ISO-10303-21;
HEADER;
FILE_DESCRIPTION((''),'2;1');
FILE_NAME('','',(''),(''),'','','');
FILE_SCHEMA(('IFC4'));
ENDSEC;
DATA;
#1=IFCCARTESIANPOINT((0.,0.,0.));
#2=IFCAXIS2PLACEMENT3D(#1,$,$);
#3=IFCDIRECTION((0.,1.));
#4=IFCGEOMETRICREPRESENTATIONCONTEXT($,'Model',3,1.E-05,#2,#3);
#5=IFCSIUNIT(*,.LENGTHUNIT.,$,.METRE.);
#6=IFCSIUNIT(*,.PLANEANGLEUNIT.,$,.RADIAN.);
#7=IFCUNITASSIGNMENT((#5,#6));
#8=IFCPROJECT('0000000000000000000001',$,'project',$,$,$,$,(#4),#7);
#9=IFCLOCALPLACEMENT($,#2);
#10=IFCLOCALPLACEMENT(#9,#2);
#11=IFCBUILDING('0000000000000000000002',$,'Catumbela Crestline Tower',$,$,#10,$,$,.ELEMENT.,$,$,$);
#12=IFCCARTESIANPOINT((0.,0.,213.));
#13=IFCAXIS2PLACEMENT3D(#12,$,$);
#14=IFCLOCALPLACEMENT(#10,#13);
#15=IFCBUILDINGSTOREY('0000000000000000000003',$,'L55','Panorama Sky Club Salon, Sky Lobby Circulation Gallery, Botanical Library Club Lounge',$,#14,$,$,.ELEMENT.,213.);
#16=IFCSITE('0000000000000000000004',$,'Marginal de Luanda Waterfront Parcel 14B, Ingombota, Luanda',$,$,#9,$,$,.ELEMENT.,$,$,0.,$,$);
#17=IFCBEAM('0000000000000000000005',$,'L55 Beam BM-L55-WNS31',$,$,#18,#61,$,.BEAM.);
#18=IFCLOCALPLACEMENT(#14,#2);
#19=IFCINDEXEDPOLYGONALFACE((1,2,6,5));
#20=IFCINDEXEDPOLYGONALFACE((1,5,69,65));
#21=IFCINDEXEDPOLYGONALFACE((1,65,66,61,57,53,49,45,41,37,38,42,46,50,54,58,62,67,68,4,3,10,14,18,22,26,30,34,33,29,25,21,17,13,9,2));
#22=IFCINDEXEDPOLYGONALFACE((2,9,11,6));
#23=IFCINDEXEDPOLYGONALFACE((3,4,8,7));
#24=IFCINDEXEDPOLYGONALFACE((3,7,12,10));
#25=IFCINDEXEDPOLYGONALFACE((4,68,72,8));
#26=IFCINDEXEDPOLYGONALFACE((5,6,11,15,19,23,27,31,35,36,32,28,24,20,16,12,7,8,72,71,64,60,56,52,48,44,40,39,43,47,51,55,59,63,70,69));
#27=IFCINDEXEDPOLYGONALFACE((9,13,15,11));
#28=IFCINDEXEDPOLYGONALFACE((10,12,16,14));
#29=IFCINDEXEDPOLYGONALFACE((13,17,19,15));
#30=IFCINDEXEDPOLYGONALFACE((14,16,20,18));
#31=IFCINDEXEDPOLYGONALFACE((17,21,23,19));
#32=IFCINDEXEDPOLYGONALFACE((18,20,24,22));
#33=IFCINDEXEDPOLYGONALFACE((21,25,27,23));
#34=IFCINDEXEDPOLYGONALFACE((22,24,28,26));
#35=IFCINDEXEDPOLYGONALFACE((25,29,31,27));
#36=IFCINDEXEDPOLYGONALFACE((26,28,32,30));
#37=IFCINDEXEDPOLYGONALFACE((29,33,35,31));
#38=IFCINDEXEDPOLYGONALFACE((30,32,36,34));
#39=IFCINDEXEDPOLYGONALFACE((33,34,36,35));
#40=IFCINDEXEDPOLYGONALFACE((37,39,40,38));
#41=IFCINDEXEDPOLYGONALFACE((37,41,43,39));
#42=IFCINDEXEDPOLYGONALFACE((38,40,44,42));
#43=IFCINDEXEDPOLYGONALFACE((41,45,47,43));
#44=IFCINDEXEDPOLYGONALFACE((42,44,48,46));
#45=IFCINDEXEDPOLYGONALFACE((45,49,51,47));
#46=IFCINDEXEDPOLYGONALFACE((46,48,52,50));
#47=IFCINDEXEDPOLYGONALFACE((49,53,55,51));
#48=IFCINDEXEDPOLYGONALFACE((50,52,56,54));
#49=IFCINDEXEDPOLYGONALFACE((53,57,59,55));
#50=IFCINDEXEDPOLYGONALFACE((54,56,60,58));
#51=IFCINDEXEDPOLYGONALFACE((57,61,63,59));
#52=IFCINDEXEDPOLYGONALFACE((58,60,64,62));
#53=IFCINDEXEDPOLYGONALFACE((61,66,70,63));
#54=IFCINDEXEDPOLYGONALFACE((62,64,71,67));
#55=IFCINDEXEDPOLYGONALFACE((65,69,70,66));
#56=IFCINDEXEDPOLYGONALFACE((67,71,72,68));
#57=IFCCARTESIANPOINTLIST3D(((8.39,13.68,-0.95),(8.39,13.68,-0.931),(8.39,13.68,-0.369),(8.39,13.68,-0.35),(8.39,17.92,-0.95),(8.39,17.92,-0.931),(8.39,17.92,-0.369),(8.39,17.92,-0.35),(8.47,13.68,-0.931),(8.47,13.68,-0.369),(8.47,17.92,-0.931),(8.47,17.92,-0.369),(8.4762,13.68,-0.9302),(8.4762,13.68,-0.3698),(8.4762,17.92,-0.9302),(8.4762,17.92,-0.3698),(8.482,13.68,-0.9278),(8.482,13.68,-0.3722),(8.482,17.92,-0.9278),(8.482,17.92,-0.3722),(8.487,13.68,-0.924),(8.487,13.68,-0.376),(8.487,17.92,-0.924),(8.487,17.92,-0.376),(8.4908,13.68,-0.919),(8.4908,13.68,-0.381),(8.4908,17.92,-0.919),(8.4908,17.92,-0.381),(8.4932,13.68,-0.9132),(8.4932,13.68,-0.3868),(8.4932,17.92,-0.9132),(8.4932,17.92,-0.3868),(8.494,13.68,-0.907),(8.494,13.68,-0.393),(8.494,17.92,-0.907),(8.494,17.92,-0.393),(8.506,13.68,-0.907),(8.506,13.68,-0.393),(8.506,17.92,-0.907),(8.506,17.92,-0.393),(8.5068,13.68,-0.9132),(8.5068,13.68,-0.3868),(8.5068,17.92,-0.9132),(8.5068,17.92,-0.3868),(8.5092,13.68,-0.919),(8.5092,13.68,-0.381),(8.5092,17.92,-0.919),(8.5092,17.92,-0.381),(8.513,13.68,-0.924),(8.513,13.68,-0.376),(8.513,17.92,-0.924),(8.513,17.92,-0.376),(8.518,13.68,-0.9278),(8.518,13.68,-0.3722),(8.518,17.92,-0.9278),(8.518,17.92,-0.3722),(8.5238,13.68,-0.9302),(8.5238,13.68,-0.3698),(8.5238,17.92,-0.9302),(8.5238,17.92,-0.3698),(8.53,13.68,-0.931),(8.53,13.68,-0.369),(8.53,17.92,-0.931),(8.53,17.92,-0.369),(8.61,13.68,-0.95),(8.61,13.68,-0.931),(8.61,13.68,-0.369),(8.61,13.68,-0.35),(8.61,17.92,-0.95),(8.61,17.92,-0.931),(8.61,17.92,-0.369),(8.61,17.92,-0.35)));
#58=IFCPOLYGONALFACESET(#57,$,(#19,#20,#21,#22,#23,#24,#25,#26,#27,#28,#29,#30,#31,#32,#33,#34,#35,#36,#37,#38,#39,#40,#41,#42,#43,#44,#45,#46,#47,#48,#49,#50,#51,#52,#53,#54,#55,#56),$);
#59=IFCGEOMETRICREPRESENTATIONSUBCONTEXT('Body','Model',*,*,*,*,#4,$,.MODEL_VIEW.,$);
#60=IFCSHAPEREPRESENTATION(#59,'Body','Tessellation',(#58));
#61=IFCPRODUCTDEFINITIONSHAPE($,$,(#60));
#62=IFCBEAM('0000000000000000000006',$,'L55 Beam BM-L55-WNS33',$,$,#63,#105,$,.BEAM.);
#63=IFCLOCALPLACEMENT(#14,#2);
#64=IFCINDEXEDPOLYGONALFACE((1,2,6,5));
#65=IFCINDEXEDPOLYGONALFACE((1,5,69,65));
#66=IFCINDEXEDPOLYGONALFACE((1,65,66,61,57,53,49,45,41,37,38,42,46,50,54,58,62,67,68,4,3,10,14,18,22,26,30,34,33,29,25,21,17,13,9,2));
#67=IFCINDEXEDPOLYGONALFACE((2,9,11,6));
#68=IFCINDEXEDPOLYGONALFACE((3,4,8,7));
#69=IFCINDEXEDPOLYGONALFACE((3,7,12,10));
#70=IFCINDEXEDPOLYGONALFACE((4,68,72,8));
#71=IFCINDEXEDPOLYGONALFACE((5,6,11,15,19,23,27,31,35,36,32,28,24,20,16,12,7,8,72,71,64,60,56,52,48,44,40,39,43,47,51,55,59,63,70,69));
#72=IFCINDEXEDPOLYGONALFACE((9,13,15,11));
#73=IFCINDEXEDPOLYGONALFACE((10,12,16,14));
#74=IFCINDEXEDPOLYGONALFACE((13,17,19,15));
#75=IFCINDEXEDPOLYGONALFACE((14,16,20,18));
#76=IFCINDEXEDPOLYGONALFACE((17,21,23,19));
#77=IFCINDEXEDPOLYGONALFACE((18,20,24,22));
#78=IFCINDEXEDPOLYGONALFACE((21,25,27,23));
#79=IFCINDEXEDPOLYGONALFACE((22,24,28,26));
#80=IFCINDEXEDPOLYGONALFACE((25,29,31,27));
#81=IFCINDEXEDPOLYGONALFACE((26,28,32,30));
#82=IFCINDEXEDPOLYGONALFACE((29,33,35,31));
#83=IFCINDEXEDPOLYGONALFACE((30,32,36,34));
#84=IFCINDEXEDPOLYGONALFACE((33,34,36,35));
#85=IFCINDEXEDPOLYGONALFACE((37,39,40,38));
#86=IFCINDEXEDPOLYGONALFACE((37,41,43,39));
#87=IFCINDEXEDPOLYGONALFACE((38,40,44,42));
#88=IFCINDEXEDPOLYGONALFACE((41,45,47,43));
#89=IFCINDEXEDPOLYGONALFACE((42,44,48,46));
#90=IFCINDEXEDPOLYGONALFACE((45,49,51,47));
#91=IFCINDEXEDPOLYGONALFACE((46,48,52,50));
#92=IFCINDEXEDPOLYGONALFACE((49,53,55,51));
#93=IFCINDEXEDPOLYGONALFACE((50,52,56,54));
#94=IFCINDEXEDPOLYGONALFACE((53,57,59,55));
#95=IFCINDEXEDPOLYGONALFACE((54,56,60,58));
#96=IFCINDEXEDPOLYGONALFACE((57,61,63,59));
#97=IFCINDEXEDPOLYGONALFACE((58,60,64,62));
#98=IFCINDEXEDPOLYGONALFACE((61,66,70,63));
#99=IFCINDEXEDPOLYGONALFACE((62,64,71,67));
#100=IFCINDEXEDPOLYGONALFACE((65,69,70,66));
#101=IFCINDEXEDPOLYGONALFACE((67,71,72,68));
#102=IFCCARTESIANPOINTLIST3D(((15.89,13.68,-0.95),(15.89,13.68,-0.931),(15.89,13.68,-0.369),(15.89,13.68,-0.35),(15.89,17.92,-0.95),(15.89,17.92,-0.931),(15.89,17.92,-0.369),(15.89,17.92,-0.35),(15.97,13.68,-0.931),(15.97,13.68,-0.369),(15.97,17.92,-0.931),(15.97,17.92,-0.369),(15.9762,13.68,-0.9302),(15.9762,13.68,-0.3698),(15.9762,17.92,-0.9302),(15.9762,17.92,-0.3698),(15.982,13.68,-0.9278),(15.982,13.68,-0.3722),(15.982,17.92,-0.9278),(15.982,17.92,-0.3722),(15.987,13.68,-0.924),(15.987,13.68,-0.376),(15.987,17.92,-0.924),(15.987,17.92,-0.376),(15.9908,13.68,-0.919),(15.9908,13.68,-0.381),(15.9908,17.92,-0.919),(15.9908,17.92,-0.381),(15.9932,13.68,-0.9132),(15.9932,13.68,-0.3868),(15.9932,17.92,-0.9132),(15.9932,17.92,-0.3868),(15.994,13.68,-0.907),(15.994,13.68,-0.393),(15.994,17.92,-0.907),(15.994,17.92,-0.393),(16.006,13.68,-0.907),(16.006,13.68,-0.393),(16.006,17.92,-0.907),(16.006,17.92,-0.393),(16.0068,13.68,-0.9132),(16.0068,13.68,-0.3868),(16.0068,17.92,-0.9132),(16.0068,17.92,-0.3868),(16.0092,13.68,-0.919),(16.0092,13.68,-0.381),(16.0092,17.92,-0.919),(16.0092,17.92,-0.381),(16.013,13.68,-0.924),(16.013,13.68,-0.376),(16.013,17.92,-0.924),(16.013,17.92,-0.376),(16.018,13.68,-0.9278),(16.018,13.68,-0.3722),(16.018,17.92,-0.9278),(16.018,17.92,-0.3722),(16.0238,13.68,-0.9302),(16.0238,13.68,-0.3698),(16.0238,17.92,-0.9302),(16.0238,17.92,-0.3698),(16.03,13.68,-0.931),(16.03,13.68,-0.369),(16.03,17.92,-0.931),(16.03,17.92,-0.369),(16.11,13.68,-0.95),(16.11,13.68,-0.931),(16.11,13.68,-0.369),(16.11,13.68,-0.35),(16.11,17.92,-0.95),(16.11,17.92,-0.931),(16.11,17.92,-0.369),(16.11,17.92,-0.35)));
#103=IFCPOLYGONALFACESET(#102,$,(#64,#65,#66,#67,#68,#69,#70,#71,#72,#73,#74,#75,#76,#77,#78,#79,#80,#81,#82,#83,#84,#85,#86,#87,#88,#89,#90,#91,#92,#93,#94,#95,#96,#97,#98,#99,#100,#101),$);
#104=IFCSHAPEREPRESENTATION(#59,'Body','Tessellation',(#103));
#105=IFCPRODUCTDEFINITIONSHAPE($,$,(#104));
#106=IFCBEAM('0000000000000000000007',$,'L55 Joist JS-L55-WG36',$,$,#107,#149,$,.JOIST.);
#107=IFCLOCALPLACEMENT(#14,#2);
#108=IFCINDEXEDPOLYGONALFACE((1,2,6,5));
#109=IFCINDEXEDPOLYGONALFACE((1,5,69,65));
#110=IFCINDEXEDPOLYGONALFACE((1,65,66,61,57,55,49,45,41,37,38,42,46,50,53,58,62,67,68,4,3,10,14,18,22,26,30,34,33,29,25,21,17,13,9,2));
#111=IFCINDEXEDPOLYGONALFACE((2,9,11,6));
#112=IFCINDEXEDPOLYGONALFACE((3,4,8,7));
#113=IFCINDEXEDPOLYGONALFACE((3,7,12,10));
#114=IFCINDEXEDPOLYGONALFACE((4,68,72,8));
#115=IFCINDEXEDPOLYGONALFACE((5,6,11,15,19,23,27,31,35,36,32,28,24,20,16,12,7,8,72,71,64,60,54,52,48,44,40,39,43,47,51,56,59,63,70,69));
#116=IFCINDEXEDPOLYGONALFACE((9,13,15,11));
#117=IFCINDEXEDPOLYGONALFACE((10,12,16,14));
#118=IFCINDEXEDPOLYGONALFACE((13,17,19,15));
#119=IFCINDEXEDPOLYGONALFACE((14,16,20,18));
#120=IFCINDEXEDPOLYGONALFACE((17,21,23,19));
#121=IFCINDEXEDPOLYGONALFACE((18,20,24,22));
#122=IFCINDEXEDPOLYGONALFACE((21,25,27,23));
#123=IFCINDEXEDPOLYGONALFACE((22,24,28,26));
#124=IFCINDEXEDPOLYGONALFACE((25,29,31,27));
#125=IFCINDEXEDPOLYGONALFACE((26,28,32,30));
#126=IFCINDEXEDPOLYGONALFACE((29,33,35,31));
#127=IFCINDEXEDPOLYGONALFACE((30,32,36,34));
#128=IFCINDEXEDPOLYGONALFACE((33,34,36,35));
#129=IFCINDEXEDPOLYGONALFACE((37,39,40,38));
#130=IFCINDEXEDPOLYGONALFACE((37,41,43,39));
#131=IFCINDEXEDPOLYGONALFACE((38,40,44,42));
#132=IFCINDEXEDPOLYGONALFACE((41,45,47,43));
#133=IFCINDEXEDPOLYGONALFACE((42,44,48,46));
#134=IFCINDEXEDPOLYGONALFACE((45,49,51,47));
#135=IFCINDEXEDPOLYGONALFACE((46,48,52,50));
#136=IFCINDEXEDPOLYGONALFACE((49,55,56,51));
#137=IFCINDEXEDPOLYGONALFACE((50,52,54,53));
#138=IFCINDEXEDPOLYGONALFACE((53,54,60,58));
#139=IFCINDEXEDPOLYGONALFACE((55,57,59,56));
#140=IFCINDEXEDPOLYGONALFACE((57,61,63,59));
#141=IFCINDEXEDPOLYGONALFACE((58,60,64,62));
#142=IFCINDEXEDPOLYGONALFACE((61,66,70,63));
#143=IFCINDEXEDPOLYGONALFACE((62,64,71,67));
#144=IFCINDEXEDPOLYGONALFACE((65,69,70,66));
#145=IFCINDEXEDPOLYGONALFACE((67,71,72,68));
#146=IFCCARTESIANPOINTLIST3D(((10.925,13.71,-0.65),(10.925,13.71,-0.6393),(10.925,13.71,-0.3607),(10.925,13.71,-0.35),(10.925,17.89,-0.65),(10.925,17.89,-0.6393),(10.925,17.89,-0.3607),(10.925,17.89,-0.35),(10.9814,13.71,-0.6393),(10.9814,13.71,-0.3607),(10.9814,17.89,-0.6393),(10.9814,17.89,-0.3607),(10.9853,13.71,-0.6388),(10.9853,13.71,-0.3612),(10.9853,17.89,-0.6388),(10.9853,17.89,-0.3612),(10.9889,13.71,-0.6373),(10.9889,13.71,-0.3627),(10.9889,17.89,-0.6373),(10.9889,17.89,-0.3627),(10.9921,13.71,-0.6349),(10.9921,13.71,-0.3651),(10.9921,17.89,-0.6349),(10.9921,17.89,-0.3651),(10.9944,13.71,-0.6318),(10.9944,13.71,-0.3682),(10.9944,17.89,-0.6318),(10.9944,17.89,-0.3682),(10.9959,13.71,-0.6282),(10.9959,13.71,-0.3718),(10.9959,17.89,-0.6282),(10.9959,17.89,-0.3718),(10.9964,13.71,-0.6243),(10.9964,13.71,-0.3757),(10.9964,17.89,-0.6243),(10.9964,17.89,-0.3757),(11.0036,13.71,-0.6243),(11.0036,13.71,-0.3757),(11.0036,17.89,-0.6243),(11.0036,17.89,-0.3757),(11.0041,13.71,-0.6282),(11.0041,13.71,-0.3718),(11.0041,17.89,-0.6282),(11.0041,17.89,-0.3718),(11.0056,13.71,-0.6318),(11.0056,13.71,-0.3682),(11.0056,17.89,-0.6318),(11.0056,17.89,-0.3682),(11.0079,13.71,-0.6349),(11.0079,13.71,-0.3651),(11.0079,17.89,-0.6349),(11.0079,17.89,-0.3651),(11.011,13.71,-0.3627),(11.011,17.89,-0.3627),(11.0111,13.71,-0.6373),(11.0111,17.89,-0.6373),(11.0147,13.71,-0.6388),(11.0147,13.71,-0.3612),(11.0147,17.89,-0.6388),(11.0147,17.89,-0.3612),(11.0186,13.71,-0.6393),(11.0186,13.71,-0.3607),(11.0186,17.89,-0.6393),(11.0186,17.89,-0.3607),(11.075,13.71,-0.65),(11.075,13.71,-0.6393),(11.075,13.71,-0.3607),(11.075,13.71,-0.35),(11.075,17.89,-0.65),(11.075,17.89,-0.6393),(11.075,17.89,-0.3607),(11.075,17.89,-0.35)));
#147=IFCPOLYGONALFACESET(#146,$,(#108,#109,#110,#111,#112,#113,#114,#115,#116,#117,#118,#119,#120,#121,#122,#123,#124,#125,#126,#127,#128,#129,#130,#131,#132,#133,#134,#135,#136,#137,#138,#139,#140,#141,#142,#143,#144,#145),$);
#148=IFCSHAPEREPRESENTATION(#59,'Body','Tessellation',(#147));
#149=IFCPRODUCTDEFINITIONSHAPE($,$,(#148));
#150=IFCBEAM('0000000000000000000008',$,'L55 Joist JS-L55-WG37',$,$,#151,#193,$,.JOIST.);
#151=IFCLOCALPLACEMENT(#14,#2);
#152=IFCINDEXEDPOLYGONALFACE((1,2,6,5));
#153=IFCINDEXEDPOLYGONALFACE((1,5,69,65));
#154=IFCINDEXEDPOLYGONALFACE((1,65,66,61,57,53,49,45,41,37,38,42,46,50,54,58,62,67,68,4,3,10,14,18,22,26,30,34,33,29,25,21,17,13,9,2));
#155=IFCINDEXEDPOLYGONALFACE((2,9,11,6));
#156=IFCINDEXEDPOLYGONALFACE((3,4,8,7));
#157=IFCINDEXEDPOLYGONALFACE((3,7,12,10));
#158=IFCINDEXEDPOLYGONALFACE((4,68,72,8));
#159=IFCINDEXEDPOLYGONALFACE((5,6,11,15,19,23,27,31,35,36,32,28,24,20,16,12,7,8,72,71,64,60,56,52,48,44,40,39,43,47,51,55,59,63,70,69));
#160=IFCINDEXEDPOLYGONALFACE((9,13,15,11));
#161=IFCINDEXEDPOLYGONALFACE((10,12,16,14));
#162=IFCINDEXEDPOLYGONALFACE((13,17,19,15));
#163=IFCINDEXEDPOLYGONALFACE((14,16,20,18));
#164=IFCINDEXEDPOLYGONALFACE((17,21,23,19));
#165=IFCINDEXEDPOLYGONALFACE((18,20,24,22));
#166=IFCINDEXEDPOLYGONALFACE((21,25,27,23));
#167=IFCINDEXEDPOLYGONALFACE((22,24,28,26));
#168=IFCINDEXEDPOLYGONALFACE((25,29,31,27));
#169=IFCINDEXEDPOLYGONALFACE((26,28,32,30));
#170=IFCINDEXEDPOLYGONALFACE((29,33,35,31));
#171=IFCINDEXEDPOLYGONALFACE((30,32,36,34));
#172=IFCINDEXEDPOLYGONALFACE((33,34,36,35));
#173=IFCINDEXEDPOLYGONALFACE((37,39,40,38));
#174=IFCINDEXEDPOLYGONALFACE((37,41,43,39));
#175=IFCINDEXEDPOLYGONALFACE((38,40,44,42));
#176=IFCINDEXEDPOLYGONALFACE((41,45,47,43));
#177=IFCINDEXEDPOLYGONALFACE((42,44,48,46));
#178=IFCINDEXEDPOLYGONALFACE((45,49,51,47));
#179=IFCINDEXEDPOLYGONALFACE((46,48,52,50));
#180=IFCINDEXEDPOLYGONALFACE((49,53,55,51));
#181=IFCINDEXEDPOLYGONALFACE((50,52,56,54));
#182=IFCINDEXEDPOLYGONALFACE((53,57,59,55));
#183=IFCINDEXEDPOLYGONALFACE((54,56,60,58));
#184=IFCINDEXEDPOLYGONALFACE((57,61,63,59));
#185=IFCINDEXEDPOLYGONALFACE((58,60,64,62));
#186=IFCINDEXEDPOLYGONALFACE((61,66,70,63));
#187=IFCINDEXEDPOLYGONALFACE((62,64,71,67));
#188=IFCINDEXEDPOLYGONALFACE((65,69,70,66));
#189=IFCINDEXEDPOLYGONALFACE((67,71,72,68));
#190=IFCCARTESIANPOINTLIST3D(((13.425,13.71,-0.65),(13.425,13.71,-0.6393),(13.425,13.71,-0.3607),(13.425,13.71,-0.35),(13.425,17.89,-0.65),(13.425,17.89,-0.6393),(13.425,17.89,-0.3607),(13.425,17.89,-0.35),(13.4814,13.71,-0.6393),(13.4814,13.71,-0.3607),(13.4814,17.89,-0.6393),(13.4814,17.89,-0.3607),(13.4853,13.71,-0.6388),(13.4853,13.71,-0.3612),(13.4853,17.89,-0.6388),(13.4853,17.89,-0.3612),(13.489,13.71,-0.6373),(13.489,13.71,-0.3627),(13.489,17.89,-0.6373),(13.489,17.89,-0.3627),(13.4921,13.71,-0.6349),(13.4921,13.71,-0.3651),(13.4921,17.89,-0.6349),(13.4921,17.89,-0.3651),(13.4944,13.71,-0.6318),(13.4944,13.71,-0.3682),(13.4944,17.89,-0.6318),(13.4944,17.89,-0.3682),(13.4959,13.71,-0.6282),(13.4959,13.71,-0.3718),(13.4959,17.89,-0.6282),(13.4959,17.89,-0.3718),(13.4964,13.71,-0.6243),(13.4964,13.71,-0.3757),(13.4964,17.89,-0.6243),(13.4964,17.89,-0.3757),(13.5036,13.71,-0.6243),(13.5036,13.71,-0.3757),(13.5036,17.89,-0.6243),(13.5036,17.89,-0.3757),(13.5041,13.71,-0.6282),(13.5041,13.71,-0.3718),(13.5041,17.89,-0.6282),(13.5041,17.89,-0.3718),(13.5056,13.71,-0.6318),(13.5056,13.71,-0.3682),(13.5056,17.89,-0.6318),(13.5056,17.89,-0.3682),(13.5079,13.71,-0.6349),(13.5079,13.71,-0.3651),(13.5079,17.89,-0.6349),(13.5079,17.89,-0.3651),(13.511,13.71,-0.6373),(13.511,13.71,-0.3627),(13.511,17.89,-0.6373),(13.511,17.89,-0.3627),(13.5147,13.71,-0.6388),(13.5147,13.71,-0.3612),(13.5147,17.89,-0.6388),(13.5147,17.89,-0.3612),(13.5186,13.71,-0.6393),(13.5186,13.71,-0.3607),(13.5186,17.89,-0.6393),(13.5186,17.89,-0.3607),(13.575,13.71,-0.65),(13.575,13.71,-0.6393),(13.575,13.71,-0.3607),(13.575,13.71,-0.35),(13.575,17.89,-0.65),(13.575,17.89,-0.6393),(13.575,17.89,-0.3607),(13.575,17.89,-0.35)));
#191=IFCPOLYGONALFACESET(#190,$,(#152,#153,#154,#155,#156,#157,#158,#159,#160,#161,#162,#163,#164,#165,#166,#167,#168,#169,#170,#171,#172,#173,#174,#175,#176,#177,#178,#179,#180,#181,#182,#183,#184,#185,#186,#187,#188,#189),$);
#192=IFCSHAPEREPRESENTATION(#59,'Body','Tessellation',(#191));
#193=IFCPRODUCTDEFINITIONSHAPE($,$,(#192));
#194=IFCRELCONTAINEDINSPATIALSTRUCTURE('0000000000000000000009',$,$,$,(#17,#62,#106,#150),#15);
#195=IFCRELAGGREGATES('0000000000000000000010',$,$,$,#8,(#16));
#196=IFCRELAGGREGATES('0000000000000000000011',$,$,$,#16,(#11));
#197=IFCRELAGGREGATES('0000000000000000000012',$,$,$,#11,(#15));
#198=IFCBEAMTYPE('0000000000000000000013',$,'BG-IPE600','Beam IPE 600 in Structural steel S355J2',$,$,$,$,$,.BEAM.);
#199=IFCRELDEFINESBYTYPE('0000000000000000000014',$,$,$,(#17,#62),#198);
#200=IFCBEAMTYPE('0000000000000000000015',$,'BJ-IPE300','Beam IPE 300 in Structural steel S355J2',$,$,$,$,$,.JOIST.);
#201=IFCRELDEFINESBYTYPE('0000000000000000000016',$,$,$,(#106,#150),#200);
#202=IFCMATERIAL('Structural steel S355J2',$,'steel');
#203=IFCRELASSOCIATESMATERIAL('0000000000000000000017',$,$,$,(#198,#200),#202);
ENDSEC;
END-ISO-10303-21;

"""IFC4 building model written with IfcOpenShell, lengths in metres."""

from ifc_helpers import new_model, si_unit, direction, frame, origin, origin_2d, place, context, subcontext, project, spatial, i_section, extrude, material, material_profile, profile_set, type_object, element, save


model = new_model("IFC4")

# Units and contexts
model_context = context("Model", 3, precision=1e-05, world=origin(), true_north=direction((0.0, 1.0)))
body_context = subcontext(model_context, "Body", "Model", "MODEL_VIEW")
ifc_project = project(units=[si_unit("LENGTHUNIT", "METRE"), si_unit("PLANEANGLEUNIT", "RADIAN")], contexts=[model_context])

# Site, building, storey
site_placement = place(None, origin())
site = spatial("IfcSite", under=ifc_project, at=site_placement, Name="Marginal de Luanda Waterfront Parcel 14B, Ingombota, Luanda", CompositionType="ELEMENT", RefElevation=0.0)
building_placement = place(site_placement, origin())
building = spatial("IfcBuilding", under=site, at=building_placement, Name="Catumbela Crestline Tower", CompositionType="ELEMENT")
storey_placement = place(building_placement, frame((0.0, 0.0, 213.0)))
storey = spatial("IfcBuildingStorey", under=building, at=storey_placement, Name="L55", Description="Panorama Sky Club Salon, Sky Lobby Circulation Gallery, Botanical Library Club Lounge", CompositionType="ELEMENT", Elevation=213.0)

# Shared definitions
ifc_material_1 = material(Name="Structural steel S355J2", Category="steel")

# Beams
ifc_material_profile_1 = material_profile(ifc_material_1, i_section(OverallWidth=0.22, OverallDepth=0.6, WebThickness=0.012, FlangeThickness=0.019, FilletRadius=0.024, at=origin_2d()), Name="IPE 600")
ifc_profile_set_1 = profile_set([ifc_material_profile_1], Name="Structural steel S355J2")
beam_type_1 = type_object("IfcBeamType", Name="BG-IPE600", Description="Beam IPE 600 in Structural steel S355J2", PredefinedType="BEAM", material=ifc_profile_set_1)
for number, where, z_axis, x_axis, name in (
    (1, (8.5, 13.68, -0.65), (0.0, 1.0, 0.0), (-1.0, 0.0, 0.0), "L55 Beam BM-L55-WNS31"),
    (2, (16.0, 13.68, -0.65), (0.0, 1.0, 0.0), (-1.0, 0.0, 0.0), "L55 Beam BM-L55-WNS33"),
):
    element("IfcBeam", number, at=place(storey_placement, frame(where, z_axis=z_axis, x_axis=x_axis)), inside=storey, type_object=beam_type_1, Name=name, PredefinedType="BEAM", context=body_context, shape_type="SweptSolid", body=[
        extrude(i_section(OverallWidth=0.22, OverallDepth=0.6, WebThickness=0.012, FlangeThickness=0.019, FilletRadius=0.024, at=origin_2d()), origin(), (0.0, 0.0, 1.0), 4.24),
    ])
ifc_material_profile_2 = material_profile(ifc_material_1, i_section(OverallWidth=0.15, OverallDepth=0.3, WebThickness=0.0071, FlangeThickness=0.0107, FilletRadius=0.015, at=origin_2d()), Name="IPE 300")
ifc_profile_set_2 = profile_set([ifc_material_profile_2], Name="Structural steel S355J2")
beam_type_2 = type_object("IfcBeamType", Name="BJ-IPE300", Description="Beam IPE 300 in Structural steel S355J2", PredefinedType="JOIST", material=ifc_profile_set_2)
for number, where, z_axis, x_axis, name in (
    (3, (11.0, 13.71, -0.5), (0.0, 1.0, 0.0), (-1.0, 0.0, 0.0), "L55 Joist JS-L55-WG36"),
    (4, (13.5, 13.71, -0.5), (0.0, 1.0, 0.0), (-1.0, 0.0, 0.0), "L55 Joist JS-L55-WG37"),
):
    element("IfcBeam", number, at=place(storey_placement, frame(where, z_axis=z_axis, x_axis=x_axis)), inside=storey, type_object=beam_type_2, Name=name, PredefinedType="JOIST", context=body_context, shape_type="SweptSolid", body=[
        extrude(i_section(OverallWidth=0.15, OverallDepth=0.3, WebThickness=0.0071, FlangeThickness=0.0107, FilletRadius=0.015, at=origin_2d()), origin(), (0.0, 0.0, 1.0), 4.18),
    ])

save(model, "model.ifc")
